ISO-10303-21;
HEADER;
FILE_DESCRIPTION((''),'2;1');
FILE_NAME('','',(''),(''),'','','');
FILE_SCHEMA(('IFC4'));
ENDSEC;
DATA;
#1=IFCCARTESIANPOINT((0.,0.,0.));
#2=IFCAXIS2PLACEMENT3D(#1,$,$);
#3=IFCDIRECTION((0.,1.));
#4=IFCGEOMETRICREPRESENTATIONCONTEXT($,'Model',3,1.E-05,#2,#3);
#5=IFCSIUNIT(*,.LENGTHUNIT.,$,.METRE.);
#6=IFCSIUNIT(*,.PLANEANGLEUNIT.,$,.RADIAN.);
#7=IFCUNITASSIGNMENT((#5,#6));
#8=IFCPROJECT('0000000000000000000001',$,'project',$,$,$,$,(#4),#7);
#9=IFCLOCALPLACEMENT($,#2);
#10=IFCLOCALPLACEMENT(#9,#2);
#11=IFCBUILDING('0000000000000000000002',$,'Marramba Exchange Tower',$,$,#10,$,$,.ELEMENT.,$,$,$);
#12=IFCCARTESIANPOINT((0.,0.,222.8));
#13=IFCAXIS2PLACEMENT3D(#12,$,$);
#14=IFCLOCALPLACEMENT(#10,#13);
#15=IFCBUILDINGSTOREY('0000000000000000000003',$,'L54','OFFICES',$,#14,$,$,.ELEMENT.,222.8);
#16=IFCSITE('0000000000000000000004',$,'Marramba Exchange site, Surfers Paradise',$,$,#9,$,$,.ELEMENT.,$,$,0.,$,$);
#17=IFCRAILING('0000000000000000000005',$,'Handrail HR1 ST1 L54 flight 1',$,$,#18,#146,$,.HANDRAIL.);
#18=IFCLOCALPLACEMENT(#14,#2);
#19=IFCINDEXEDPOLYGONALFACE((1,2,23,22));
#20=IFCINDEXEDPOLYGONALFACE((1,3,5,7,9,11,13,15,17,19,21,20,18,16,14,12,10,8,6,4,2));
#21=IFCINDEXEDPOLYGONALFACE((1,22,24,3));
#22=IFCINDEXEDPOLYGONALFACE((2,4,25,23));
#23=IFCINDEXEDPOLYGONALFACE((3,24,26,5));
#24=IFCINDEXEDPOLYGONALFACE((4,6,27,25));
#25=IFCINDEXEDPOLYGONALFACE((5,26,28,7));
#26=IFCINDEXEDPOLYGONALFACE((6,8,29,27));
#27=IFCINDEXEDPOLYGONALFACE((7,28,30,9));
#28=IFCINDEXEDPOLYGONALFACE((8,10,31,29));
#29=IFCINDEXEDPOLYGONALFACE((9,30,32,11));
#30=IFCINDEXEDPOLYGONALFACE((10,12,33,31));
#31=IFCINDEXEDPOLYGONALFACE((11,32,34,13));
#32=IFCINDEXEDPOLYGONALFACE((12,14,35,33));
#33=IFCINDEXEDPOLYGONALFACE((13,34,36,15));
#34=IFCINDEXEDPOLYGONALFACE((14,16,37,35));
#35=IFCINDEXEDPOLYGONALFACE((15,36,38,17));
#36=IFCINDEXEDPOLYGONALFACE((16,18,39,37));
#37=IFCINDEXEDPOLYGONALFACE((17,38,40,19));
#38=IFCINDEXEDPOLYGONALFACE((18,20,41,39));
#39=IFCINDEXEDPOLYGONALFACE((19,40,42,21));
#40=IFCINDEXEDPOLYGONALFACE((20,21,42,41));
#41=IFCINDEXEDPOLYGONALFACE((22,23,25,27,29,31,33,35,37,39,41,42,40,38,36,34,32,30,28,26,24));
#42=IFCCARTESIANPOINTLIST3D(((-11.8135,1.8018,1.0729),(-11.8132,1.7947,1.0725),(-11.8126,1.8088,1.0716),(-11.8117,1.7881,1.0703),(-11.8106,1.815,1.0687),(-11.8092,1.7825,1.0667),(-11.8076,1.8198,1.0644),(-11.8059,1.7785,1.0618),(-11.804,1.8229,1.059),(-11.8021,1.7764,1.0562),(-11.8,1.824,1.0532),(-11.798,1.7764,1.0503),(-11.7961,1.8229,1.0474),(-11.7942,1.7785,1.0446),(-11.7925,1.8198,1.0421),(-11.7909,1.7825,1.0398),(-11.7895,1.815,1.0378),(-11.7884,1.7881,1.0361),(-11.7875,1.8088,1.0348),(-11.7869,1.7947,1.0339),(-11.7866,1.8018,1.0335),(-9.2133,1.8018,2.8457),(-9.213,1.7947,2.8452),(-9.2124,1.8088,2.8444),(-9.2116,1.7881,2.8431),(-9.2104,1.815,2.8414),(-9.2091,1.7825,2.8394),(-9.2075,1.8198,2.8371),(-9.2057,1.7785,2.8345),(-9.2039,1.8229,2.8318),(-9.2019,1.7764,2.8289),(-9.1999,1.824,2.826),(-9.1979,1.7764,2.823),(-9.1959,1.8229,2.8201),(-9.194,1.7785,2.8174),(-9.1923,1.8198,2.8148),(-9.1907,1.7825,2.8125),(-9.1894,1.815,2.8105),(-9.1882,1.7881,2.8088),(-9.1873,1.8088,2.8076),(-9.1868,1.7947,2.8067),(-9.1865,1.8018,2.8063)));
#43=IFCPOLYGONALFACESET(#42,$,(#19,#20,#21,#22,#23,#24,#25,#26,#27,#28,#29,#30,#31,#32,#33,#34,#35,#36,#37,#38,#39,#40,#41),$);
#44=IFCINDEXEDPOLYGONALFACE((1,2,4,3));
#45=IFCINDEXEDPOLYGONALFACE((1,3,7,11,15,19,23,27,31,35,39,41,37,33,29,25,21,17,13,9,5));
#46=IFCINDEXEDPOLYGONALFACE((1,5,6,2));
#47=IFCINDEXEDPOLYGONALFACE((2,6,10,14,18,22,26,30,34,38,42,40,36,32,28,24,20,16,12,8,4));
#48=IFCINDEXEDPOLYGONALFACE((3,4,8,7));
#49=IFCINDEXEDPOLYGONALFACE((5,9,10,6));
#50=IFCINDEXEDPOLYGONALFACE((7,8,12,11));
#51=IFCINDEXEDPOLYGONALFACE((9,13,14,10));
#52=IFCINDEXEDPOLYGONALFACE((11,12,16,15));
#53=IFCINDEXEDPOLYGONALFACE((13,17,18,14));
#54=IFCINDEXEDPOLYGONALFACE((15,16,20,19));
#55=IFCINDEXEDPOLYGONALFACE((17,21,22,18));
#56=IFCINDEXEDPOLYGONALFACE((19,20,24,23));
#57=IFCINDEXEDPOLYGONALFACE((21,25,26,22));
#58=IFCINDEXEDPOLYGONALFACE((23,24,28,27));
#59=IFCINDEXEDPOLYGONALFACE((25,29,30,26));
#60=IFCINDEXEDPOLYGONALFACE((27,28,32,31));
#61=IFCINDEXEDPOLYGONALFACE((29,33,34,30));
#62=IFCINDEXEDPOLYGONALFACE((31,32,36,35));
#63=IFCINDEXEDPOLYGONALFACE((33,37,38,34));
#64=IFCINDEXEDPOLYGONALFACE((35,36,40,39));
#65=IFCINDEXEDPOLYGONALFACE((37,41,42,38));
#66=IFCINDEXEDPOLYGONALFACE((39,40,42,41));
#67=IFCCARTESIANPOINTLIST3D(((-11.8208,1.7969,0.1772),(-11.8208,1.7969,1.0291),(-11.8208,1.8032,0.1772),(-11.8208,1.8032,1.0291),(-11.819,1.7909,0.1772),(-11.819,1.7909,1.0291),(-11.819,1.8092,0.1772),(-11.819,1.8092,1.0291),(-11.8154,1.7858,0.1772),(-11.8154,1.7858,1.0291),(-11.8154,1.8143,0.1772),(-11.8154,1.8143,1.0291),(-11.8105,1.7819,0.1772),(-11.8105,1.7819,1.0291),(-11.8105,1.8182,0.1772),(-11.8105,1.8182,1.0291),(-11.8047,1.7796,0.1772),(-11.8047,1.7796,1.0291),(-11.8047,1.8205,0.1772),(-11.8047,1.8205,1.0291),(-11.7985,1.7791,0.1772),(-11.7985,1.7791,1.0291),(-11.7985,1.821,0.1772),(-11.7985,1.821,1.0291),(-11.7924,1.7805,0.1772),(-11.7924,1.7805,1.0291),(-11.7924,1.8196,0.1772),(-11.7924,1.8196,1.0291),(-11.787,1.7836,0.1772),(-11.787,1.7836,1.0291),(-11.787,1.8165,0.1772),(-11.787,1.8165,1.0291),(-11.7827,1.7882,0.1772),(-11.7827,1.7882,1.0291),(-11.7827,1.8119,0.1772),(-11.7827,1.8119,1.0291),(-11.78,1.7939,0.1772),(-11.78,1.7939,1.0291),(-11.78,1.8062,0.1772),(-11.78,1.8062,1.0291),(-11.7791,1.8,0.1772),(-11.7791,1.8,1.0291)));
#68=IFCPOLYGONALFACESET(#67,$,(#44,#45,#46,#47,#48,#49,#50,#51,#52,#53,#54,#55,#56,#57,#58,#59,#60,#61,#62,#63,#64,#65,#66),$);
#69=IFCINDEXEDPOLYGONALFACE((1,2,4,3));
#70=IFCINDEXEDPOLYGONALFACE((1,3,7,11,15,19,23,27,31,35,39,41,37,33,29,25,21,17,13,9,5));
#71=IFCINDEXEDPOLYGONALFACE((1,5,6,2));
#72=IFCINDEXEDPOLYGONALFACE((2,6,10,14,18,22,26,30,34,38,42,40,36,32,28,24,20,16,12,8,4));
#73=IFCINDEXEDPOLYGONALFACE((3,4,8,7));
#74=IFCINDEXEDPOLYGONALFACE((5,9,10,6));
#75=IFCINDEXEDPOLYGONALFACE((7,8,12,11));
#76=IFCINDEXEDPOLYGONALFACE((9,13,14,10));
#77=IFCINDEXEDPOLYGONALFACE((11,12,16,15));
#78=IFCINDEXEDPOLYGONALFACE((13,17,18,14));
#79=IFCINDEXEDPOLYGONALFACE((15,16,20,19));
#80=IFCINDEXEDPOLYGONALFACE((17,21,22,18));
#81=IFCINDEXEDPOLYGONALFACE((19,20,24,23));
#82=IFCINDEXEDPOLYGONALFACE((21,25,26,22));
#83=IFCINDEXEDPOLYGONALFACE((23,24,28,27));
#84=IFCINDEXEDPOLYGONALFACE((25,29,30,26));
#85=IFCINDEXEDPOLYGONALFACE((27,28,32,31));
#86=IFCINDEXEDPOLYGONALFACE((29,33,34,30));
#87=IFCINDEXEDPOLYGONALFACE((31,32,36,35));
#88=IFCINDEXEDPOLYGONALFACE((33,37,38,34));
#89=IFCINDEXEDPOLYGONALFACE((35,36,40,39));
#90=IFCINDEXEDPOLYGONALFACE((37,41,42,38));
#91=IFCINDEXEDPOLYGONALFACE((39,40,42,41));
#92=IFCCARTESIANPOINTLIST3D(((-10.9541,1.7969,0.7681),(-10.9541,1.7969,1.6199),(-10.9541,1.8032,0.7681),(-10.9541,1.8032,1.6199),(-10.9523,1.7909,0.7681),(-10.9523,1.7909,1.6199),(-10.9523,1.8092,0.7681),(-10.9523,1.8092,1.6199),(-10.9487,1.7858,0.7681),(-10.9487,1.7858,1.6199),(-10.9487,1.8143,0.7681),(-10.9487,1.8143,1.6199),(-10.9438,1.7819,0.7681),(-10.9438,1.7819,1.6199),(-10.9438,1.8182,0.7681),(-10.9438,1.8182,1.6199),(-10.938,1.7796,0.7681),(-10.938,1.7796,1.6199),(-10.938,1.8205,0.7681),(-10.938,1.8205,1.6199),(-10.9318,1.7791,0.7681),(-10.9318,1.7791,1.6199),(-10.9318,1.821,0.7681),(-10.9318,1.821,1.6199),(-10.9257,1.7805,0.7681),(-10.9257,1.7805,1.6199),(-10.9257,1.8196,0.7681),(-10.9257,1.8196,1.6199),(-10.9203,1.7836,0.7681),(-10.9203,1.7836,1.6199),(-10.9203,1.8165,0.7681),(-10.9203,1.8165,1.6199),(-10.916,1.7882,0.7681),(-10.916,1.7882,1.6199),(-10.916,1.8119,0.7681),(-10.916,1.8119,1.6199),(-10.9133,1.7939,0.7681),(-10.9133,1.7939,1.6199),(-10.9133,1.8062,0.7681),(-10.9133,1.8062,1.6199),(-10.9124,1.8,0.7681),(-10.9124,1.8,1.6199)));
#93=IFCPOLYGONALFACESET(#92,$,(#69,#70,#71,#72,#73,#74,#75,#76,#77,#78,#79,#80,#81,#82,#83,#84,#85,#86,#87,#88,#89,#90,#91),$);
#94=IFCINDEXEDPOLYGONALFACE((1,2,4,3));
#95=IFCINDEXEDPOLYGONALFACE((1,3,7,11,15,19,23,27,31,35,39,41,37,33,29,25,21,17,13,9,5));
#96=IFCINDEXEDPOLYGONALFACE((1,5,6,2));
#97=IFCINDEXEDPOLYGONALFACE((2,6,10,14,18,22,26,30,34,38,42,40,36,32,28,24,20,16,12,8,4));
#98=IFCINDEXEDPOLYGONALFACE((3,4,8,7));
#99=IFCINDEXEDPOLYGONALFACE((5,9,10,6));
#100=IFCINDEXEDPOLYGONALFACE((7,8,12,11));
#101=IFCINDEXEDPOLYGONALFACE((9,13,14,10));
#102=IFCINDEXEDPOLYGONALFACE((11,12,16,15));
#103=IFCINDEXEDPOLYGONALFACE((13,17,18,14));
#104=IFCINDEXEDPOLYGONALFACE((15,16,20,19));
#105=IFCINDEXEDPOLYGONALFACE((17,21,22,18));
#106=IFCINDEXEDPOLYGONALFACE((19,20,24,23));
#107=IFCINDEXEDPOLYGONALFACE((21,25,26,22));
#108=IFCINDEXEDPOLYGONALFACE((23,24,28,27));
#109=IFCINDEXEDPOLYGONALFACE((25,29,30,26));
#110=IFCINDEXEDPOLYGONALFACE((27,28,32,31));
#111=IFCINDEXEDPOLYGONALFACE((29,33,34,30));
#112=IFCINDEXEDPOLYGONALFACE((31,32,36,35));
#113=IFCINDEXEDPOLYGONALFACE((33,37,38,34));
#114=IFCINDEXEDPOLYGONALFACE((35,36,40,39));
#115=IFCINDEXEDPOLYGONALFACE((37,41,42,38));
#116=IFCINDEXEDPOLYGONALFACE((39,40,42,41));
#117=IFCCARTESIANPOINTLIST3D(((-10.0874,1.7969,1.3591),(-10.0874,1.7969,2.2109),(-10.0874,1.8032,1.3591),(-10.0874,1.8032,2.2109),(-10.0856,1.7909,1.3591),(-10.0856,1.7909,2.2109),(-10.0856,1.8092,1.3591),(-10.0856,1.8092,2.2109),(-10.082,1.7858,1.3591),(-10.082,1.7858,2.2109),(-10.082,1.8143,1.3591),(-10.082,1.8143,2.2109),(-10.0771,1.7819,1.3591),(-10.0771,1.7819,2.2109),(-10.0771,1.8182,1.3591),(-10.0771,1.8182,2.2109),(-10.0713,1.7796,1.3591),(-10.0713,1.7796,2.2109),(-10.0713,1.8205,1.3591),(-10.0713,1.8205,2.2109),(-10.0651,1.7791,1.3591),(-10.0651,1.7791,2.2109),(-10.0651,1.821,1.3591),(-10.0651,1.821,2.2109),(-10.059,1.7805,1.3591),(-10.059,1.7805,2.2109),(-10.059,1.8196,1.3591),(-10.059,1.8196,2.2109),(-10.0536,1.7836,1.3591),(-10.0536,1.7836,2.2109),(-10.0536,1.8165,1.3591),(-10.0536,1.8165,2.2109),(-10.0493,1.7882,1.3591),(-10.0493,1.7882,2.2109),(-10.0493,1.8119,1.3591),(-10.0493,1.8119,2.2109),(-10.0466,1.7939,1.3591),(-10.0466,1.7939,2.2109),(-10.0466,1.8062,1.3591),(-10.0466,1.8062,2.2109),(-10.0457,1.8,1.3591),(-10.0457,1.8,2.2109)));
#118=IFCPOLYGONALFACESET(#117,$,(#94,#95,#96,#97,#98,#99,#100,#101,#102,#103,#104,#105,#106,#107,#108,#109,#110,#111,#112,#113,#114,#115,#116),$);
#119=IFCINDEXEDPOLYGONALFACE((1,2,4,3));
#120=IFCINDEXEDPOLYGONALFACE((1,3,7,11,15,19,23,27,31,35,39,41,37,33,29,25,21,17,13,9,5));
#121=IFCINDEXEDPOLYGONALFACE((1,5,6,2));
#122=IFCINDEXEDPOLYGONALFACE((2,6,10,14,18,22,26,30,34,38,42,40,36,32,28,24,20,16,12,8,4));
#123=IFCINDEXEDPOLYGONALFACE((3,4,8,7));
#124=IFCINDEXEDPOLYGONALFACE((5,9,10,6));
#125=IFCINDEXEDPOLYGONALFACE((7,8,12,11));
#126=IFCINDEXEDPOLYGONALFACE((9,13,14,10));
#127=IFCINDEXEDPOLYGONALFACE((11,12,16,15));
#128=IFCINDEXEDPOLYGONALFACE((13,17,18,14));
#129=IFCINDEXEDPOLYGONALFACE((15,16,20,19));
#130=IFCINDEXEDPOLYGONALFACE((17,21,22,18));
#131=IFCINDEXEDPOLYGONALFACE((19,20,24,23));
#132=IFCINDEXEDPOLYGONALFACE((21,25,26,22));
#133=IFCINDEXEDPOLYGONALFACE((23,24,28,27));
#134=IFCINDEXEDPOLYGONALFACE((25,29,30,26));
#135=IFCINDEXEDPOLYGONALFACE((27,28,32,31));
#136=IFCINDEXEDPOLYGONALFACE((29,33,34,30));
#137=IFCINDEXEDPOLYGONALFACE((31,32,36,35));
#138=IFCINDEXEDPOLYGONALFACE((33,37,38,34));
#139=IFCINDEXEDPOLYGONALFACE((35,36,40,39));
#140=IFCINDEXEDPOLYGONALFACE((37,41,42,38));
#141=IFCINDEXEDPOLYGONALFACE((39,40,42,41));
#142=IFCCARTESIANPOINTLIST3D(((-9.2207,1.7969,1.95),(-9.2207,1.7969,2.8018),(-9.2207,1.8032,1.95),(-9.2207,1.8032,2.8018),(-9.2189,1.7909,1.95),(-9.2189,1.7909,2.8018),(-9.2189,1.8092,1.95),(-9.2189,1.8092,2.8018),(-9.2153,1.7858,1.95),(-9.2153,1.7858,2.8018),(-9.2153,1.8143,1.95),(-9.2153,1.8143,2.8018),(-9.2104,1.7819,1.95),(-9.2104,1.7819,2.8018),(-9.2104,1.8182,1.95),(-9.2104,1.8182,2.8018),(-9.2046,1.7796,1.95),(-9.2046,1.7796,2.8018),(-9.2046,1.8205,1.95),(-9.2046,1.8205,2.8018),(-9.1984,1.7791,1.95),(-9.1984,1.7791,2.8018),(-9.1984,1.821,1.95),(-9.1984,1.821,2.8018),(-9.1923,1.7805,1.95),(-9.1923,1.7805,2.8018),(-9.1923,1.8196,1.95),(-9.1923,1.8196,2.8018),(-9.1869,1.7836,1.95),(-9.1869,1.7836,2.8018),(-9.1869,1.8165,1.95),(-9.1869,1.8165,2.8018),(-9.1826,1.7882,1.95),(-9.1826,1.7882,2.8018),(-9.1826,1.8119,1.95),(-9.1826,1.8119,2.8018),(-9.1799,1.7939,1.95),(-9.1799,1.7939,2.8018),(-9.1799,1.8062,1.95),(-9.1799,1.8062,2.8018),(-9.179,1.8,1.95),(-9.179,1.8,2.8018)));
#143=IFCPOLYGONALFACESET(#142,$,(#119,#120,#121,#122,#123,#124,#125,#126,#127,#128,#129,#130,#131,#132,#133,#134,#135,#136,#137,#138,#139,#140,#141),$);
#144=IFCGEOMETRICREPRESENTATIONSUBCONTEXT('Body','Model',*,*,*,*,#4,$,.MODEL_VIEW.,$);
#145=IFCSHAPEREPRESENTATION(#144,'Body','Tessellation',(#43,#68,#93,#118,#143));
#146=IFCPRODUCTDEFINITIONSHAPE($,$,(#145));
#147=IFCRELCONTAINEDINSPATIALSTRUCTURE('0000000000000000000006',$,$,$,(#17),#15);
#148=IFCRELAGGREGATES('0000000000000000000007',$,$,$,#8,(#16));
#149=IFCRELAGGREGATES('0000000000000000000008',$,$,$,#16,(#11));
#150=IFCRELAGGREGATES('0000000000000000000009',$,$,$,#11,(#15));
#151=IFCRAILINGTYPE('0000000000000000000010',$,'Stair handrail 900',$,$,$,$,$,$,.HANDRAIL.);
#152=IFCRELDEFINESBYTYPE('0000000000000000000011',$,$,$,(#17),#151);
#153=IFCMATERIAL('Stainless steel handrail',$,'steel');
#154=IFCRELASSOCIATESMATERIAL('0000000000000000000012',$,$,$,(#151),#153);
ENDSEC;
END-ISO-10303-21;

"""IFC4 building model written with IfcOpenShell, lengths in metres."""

from ifc_helpers import new_model, si_unit, direction, frame, origin, origin_2d, place, context, subcontext, project, spatial, circle, extrude, material, type_object, element, save


model = new_model("IFC4")

# Units and contexts
model_context = context("Model", 3, precision=1e-05, world=origin(), true_north=direction((0.0, 1.0)))
body_context = subcontext(model_context, "Body", "Model", "MODEL_VIEW")
ifc_project = project(units=[si_unit("LENGTHUNIT", "METRE"), si_unit("PLANEANGLEUNIT", "RADIAN")], contexts=[model_context])

# Site, building, storey
site_placement = place(None, origin())
site = spatial("IfcSite", under=ifc_project, at=site_placement, Name="Marramba Exchange site, Surfers Paradise", CompositionType="ELEMENT", RefElevation=0.0)
building_placement = place(site_placement, origin())
building = spatial("IfcBuilding", under=site, at=building_placement, Name="Marramba Exchange Tower", CompositionType="ELEMENT")
storey_placement = place(building_placement, frame((0.0, 0.0, 222.8)))
storey = spatial("IfcBuildingStorey", under=building, at=storey_placement, Name="L54", Description="OFFICES", CompositionType="ELEMENT", Elevation=222.8)

# Railing
ifc_material_1 = material(Name="Stainless steel handrail", Category="steel")
railing_type = type_object("IfcRailingType", Name="Stair handrail 900", PredefinedType="HANDRAIL", material=ifc_material_1)
railing_placement = place(storey_placement, frame((-11.8, 1.8, 0.1772)))
element("IfcRailing", 1, at=railing_placement, inside=storey, type_object=railing_type, Name="Handrail HR1 ST1 L54 flight 1", PredefinedType="HANDRAIL", context=body_context, shape_type="SweptSolid", body=[
    extrude(circle(Radius=0.0239, at=origin_2d()), frame((0.0, 0.0, 0.876), z_axis=(0.82624, 0.0, 0.563318), x_axis=(0.0, 1.0, 0.0)), (0.0, 0.0, 1.0), 3.147),
    extrude(circle(Radius=0.021, at=origin_2d()), origin(), (0.0, 0.0, 1.0), 0.8518),
    extrude(circle(Radius=0.021, at=origin_2d()), frame((0.8667, 0.0, 0.5908)), (0.0, 0.0, 1.0), 0.8518),
    extrude(circle(Radius=0.021, at=origin_2d()), frame((1.7334, 0.0, 1.1819)), (0.0, 0.0, 1.0), 0.8518),
    extrude(circle(Radius=0.021, at=origin_2d()), frame((2.6001, 0.0, 1.7727)), (0.0, 0.0, 1.0), 0.8518),
])

save(model, "model.ifc")
